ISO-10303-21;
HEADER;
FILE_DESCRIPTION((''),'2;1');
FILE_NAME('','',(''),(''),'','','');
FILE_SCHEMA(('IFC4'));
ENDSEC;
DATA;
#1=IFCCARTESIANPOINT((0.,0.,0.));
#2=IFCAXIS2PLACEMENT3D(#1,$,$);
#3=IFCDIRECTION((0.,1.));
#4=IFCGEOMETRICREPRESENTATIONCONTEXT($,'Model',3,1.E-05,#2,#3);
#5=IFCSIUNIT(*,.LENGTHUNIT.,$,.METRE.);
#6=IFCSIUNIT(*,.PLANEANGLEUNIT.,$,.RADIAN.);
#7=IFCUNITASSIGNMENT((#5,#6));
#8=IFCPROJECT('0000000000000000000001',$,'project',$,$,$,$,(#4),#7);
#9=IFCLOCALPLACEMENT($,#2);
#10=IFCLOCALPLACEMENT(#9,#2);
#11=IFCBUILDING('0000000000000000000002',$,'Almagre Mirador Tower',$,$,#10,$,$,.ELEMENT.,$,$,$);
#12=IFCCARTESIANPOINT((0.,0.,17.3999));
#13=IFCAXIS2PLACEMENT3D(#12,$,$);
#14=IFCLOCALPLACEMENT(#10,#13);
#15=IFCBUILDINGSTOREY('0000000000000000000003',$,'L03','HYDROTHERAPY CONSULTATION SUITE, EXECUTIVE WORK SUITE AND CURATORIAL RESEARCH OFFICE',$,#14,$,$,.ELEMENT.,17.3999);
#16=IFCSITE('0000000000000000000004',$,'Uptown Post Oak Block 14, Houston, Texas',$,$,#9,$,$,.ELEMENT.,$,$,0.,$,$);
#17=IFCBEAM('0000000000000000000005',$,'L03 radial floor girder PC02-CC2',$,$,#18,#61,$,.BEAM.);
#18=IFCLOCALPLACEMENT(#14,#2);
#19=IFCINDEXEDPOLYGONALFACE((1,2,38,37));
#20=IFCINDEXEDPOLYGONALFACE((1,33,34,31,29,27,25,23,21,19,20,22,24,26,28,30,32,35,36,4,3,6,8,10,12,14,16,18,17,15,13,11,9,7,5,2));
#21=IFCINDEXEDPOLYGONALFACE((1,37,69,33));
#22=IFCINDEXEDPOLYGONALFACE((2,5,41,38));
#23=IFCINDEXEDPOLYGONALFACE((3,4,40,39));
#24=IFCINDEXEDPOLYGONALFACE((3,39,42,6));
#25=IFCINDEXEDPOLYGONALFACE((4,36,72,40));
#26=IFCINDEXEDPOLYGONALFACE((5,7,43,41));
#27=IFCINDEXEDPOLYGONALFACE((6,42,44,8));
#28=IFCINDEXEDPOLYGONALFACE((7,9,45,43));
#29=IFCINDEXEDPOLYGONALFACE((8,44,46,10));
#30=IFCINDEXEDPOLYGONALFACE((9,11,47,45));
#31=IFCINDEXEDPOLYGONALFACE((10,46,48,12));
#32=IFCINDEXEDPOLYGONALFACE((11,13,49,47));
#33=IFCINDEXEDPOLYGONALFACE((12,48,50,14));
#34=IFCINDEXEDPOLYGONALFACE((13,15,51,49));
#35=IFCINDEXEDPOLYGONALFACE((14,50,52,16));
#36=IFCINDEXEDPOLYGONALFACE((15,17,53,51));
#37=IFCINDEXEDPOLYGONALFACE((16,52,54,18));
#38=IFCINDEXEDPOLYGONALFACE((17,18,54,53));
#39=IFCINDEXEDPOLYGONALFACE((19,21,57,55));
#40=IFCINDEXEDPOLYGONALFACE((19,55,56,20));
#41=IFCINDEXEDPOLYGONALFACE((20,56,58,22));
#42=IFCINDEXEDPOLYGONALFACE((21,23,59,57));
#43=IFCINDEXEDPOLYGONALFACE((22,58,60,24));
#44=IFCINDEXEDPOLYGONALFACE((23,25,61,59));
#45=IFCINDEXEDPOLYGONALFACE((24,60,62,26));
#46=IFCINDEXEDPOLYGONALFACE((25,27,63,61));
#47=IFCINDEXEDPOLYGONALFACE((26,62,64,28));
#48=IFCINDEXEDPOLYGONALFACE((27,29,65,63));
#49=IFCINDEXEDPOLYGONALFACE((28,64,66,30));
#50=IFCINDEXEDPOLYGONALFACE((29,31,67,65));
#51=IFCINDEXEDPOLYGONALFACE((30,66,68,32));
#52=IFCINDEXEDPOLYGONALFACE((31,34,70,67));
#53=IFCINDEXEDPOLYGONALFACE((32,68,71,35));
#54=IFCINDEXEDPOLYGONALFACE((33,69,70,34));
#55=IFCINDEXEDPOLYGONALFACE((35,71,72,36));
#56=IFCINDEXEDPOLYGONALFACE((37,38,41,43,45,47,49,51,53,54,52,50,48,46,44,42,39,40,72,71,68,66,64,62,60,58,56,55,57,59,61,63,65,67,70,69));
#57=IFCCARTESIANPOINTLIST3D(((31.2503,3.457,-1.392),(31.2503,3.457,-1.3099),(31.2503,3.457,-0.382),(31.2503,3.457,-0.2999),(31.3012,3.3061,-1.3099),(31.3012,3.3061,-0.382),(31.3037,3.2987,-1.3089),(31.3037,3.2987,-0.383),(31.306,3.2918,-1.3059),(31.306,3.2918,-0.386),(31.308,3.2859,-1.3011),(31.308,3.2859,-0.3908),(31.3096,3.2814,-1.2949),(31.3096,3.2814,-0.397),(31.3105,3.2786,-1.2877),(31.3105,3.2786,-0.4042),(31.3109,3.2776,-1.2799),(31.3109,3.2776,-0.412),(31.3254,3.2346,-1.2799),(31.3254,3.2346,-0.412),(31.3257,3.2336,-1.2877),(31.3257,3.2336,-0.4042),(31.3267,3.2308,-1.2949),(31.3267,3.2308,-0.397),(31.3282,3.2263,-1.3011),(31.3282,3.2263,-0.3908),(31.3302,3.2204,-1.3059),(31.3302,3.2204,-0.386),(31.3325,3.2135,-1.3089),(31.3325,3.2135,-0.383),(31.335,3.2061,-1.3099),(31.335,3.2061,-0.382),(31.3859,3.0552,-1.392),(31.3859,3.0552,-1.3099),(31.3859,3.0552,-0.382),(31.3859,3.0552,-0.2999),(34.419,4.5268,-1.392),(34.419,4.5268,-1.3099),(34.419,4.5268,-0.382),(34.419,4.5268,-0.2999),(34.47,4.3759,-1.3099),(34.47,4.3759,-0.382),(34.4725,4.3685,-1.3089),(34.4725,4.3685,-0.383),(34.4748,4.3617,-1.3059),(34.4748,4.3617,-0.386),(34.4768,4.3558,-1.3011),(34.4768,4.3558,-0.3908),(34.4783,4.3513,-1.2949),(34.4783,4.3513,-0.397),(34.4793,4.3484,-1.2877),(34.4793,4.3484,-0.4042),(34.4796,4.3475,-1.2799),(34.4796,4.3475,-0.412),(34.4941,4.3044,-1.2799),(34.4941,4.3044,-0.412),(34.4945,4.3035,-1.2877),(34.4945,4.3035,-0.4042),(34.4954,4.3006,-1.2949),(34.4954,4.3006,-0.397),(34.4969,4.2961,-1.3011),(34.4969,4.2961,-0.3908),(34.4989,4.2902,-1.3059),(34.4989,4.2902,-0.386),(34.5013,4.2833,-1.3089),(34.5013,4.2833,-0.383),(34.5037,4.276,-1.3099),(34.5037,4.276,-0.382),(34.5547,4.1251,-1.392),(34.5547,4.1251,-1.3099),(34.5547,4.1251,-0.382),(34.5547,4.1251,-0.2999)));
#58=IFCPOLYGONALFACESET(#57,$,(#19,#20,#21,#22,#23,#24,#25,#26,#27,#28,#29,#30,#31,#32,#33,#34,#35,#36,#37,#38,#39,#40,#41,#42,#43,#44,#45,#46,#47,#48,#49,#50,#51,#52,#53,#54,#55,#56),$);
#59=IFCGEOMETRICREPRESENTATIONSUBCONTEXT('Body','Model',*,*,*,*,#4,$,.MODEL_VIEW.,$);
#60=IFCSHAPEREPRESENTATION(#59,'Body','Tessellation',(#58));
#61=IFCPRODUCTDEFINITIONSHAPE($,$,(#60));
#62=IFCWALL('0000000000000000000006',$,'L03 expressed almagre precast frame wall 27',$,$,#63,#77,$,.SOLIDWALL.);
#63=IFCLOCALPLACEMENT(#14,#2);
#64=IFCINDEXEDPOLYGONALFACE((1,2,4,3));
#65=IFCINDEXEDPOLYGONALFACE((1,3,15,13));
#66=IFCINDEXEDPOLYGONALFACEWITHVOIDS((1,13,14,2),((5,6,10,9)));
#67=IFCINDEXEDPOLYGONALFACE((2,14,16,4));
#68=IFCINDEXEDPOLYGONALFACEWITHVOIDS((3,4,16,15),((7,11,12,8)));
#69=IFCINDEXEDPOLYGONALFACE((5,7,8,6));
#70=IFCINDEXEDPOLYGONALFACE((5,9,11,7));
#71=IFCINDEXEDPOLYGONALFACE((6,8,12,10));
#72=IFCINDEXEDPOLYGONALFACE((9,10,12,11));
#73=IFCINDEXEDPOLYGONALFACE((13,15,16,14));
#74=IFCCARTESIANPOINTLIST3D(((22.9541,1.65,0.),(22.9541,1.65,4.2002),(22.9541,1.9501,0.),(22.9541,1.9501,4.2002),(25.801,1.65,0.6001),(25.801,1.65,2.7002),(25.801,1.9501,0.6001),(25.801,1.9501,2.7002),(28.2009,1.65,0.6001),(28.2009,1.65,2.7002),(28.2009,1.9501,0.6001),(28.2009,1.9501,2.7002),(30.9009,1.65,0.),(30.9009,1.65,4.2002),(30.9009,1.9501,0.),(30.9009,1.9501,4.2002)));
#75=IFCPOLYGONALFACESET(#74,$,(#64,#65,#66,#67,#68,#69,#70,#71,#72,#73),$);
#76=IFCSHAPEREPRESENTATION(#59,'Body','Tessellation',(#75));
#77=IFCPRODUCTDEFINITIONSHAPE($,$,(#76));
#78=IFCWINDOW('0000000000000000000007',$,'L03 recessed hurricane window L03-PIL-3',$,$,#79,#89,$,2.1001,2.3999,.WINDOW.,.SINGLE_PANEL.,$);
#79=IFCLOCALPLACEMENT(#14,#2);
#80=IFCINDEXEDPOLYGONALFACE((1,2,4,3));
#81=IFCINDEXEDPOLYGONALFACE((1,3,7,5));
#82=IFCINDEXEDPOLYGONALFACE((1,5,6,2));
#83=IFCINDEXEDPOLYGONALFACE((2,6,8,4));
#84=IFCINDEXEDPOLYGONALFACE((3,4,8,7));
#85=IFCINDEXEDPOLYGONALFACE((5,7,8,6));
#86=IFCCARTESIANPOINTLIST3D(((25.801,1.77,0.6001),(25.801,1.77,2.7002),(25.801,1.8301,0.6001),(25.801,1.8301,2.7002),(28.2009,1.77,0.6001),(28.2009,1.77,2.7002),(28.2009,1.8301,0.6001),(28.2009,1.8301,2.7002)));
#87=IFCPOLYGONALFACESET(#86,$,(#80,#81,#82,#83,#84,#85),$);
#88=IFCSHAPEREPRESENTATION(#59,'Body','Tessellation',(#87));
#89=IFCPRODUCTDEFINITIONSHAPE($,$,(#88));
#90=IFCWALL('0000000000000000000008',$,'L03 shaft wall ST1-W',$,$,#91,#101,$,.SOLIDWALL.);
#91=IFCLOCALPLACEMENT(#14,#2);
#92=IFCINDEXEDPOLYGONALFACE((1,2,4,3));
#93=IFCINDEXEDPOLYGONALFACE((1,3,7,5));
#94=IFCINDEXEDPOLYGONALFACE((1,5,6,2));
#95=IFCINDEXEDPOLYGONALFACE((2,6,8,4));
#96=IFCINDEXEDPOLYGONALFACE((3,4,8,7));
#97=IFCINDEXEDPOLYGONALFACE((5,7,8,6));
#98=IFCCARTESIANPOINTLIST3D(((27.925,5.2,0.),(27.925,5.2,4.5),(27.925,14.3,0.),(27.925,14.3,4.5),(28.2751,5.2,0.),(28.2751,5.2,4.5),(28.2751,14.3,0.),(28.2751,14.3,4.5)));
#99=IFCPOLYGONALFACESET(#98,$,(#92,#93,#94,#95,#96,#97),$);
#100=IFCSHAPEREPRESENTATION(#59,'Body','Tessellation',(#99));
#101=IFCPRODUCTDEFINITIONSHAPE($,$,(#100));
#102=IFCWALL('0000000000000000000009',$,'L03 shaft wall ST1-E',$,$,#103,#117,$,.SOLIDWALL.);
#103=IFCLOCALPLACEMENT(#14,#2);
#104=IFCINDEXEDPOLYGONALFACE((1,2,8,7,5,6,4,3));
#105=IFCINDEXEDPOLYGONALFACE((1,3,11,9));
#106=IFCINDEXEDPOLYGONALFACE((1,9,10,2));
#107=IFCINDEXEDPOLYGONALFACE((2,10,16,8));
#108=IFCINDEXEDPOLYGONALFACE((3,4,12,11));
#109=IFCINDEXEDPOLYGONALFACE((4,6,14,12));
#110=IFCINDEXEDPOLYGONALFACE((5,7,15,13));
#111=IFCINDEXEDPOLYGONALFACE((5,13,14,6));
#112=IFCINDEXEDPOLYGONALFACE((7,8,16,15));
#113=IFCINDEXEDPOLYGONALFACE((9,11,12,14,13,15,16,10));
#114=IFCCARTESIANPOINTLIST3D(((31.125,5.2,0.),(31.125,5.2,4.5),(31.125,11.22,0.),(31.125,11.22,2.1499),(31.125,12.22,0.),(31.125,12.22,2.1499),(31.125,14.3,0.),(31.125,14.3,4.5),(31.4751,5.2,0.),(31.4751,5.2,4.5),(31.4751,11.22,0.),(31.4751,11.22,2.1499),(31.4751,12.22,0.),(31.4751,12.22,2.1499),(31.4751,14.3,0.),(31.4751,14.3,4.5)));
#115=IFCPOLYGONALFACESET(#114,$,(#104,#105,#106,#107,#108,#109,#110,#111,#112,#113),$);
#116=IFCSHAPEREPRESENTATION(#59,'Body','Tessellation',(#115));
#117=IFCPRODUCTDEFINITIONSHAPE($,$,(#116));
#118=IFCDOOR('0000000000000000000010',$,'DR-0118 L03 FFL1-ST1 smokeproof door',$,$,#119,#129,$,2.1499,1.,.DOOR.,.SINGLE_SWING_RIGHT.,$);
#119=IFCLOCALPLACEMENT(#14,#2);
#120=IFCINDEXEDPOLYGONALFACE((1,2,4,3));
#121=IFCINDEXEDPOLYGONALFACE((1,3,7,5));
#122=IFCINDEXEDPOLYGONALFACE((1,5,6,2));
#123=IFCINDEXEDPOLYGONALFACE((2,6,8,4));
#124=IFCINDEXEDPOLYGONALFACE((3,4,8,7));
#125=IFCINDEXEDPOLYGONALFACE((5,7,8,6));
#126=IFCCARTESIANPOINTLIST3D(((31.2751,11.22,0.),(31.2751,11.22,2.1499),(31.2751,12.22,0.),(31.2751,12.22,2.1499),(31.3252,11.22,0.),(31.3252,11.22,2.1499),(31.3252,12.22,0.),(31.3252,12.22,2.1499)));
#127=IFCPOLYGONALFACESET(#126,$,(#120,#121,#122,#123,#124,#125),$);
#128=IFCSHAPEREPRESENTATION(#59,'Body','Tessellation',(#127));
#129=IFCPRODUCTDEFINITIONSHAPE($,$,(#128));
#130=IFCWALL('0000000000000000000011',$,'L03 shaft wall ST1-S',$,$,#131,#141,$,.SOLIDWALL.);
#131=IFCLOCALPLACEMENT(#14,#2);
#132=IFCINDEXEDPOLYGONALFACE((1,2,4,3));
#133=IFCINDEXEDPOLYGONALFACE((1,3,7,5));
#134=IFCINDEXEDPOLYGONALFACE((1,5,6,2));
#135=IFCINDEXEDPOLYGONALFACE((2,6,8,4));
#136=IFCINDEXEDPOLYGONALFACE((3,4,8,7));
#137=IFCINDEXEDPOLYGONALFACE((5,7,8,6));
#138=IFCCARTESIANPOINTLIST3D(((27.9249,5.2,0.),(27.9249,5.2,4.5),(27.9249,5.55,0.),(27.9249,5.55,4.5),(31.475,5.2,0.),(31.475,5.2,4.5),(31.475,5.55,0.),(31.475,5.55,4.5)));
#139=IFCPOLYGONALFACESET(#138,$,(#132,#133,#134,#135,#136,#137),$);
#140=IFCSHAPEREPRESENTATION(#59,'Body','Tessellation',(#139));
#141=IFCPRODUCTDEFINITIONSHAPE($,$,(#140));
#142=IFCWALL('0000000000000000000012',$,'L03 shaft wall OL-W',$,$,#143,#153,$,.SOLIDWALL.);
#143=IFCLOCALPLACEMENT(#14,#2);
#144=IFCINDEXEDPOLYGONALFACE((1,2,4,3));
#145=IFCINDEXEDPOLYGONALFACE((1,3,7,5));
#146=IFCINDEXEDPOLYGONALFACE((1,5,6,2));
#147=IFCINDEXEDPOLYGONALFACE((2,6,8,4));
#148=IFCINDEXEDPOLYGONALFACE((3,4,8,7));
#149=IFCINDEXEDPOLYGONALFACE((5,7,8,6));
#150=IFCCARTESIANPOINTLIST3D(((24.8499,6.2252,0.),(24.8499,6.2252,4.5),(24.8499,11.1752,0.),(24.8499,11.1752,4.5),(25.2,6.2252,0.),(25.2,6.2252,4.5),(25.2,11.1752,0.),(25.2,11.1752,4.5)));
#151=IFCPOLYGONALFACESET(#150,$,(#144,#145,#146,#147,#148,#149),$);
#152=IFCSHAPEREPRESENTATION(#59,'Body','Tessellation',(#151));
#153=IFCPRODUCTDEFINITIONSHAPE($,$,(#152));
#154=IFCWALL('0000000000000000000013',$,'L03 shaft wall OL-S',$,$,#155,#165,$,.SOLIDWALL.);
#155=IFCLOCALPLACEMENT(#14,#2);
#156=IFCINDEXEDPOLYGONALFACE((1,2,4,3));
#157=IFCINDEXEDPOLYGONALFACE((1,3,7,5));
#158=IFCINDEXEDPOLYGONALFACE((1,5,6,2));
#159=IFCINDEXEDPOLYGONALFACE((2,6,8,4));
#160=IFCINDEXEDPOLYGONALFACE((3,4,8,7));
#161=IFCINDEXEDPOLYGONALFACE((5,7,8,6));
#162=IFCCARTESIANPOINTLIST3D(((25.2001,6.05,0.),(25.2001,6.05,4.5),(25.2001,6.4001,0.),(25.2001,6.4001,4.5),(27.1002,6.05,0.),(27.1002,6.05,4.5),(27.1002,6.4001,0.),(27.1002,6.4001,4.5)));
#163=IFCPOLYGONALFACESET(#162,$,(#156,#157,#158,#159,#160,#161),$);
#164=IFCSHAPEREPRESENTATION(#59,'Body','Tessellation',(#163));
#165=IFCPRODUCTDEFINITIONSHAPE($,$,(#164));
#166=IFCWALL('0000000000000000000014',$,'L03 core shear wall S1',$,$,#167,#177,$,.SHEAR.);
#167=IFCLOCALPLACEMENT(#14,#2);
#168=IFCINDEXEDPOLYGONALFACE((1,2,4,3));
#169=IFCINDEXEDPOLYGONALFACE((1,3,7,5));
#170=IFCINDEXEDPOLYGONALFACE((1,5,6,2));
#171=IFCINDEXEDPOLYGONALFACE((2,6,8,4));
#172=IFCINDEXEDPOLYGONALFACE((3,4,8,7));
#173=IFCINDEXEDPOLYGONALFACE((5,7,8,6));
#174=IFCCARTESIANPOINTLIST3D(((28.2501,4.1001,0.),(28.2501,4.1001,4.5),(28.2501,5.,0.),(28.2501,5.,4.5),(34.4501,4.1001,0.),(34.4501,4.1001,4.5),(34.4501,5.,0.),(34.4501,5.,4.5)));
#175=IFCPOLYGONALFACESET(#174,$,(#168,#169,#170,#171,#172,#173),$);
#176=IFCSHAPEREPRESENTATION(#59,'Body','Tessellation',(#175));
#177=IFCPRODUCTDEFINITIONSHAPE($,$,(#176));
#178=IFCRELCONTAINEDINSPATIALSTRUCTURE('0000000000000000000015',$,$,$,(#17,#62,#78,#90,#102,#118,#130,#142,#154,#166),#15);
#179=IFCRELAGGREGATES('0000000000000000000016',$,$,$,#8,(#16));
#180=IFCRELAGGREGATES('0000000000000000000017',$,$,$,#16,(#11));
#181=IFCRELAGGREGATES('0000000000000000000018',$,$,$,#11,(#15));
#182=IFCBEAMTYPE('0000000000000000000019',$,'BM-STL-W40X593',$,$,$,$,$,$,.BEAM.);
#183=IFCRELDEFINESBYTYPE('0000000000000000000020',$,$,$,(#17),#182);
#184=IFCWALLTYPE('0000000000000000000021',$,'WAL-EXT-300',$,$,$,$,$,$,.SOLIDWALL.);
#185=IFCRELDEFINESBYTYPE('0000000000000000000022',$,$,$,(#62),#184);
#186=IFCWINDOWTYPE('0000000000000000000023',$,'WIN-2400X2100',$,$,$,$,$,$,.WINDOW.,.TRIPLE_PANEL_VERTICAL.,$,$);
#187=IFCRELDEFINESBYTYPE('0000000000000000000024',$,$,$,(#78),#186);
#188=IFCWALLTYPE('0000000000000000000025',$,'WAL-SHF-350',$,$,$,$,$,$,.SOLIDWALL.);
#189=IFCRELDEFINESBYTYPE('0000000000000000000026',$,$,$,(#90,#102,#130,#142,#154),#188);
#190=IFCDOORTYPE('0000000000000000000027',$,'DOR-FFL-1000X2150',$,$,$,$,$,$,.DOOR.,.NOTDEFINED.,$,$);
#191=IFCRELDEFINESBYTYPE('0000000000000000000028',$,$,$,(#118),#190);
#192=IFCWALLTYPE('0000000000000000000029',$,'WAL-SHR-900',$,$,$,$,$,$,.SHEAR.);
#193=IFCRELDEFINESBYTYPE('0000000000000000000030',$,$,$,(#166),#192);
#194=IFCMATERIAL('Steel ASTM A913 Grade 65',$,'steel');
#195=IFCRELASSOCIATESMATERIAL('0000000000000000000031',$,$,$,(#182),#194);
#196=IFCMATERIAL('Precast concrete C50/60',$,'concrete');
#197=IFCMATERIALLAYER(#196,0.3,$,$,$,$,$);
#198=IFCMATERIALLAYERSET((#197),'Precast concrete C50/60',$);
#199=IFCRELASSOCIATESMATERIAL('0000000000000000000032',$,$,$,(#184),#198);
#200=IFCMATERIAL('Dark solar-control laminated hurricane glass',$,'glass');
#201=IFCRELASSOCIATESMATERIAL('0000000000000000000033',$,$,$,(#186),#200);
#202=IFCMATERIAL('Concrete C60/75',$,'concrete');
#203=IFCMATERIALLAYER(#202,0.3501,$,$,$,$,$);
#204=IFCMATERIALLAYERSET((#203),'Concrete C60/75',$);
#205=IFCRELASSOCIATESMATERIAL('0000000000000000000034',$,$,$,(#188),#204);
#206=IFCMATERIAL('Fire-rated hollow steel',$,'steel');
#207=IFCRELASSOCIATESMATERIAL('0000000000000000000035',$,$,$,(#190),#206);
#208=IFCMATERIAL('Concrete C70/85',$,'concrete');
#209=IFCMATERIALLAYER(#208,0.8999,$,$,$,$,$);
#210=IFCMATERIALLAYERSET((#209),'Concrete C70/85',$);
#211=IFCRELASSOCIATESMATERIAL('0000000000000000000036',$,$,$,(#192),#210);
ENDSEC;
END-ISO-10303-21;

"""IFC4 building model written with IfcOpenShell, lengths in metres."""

from ifc_helpers import new_model, si_unit, direction, frame, frame_2d, origin, origin_2d, place, context, subcontext, project, spatial, rectangle, i_section, extrude, material, layer, layer_set, material_profile, profile_set, type_object, element, fill, save


model = new_model("IFC4")

# Units and contexts
model_context = context("Model", 3, precision=1e-05, world=origin(), true_north=direction((0.0, 1.0)))
body_context = subcontext(model_context, "Body", "Model", "MODEL_VIEW")
ifc_project = project(units=[si_unit("LENGTHUNIT", "METRE"), si_unit("PLANEANGLEUNIT", "RADIAN")], contexts=[model_context])

# Site, building, storey
site_placement = place(None, origin())
site = spatial("IfcSite", under=ifc_project, at=site_placement, Name="Uptown Post Oak Block 14, Houston, Texas", CompositionType="ELEMENT", RefElevation=0.0)
building_placement = place(site_placement, origin())
building = spatial("IfcBuilding", under=site, at=building_placement, Name="Almagre Mirador Tower", CompositionType="ELEMENT")
storey_placement = place(building_placement, frame((0.0, 0.0, 17.3999)))
storey = spatial("IfcBuildingStorey", under=building, at=storey_placement, Name="L03", Description="HYDROTHERAPY CONSULTATION SUITE, EXECUTIVE WORK SUITE AND CURATORIAL RESEARCH OFFICE", CompositionType="ELEMENT", Elevation=17.3999)

# Beam
ifc_material_1 = material(Name="Steel ASTM A913 Grade 65", Category="steel")
ifc_material_profile_1 = material_profile(ifc_material_1, i_section(OverallWidth=0.4241, OverallDepth=1.092, WebThickness=0.0454, FlangeThickness=0.082, FilletRadius=0.03, at=origin_2d()), Name="W40X593")
ifc_profile_set_1 = profile_set([ifc_material_profile_1], Name="Steel ASTM A913 Grade 65")
beam_type_1 = type_object("IfcBeamType", Name="BM-STL-W40X593", PredefinedType="BEAM", material=ifc_profile_set_1)
beam_1_placement = place(storey_placement, frame((31.3181, 3.2561, -0.8459), z_axis=(0.947457, 0.319883, 0.0), x_axis=(-0.319883, 0.947457, 0.0)))
element("IfcBeam", 1, at=beam_1_placement, inside=storey, type_object=beam_type_1, Name="L03 radial floor girder PC02-CC2", PredefinedType="BEAM", context=body_context, shape_type="SweptSolid", body=[
    extrude(i_section(OverallWidth=0.4241, OverallDepth=1.092, WebThickness=0.0454, FlangeThickness=0.082, FilletRadius=0.03, at=origin_2d()), origin(), (0.0, 0.0, 1.0), 3.3445),
])

# Wall, opening, window
ifc_material_2 = material(Name="Precast concrete C50/60", Category="concrete")
ifc_layer_1 = layer(ifc_material_2, 0.3)
ifc_layer_set_1 = layer_set([ifc_layer_1], Name="Precast concrete C50/60")
wall_type_1 = type_object("IfcWallType", Name="WAL-EXT-300", PredefinedType="SOLIDWALL", material=ifc_layer_set_1)
wall_1_placement = place(storey_placement, frame((30.9009, 1.8, 0.0), z_axis=(0.0, 0.0, 1.0), x_axis=(-1.0, 0.0, 0.0)))
wall_1 = element("IfcWall", 2, at=wall_1_placement, inside=storey, type_object=wall_type_1, Name="L03 expressed almagre precast frame wall 27", PredefinedType="SOLIDWALL", context=body_context, shape_type="SweptSolid", body=[
    extrude(rectangle(XDim=7.9468, YDim=0.3, at=frame_2d((3.9734, 0.0))), origin(), (0.0, 0.0, 1.0), 4.2002),
])
opening_1_placement = place(wall_1_placement, frame((2.7, 0.0, 0.6001)))
opening_1 = element("IfcOpeningElement", 3, at=opening_1_placement, cuts=wall_1, PredefinedType="OPENING", context=body_context, shape_type="SweptSolid", body=[
    extrude(rectangle(XDim=2.3999, YDim=2.1001, at=frame_2d((1.2, 1.05))), frame((0.0, 0.1599, 0.0), z_axis=(0.0, -1.0, 0.0), x_axis=(1.0, 0.0, 0.0)), (0.0, 0.0, 1.0), 0.32),
])
ifc_material_3 = material(Name="Dark solar-control laminated hurricane glass", Category="glass")
window_type = type_object("IfcWindowType", Name="WIN-2400X2100", PartitioningType="TRIPLE_PANEL_VERTICAL", PredefinedType="WINDOW", material=ifc_material_3)
window_placement = place(opening_1_placement, origin())
window = element("IfcWindow", 4, at=window_placement, inside=storey, type_object=window_type, Name="L03 recessed hurricane window L03-PIL-3", OverallHeight=2.1001, OverallWidth=2.3999, PartitioningType="SINGLE_PANEL", PredefinedType="WINDOW", context=body_context, shape_type="SweptSolid", body=[
    extrude(rectangle(XDim=2.3999, YDim=2.1001, at=frame_2d((1.2, 1.05))), frame((0.0, 0.03, 0.0), z_axis=(0.0, -1.0, 0.0), x_axis=(1.0, 0.0, 0.0)), (0.0, 0.0, 1.0), 0.0601),
])
fill(opening_1, window)

# Wall
ifc_material_4 = material(Name="Concrete C60/75", Category="concrete")
ifc_layer_2 = layer(ifc_material_4, 0.3501)
ifc_layer_set_2 = layer_set([ifc_layer_2], Name="Concrete C60/75")
wall_type_2 = type_object("IfcWallType", Name="WAL-SHF-350", PredefinedType="SOLIDWALL", material=ifc_layer_set_2)
wall_2_placement = place(storey_placement, frame((28.1001, 5.2, 0.0), z_axis=(0.0, 0.0, 1.0), x_axis=(0.0, 1.0, 0.0)))
element("IfcWall", 5, at=wall_2_placement, inside=storey, type_object=wall_type_2, Name="L03 shaft wall ST1-W", PredefinedType="SOLIDWALL", context=body_context, shape_type="SweptSolid", body=[
    extrude(rectangle(XDim=9.1001, YDim=0.3501, at=frame_2d((4.55, 0.0))), origin(), (0.0, 0.0, 1.0), 4.5),
])

# Wall, opening, door
wall_3_placement = place(storey_placement, frame((31.3, 5.2, 0.0), z_axis=(0.0, 0.0, 1.0), x_axis=(0.0, 1.0, 0.0)))
wall_3 = element("IfcWall", 6, at=wall_3_placement, inside=storey, type_object=wall_type_2, Name="L03 shaft wall ST1-E", PredefinedType="SOLIDWALL", context=body_context, shape_type="SweptSolid", body=[
    extrude(rectangle(XDim=9.1001, YDim=0.3501, at=frame_2d((4.55, 0.0))), origin(), (0.0, 0.0, 1.0), 4.5),
])
opening_2_placement = place(wall_3_placement, frame((6.02, 0.0, 0.0)))
opening_2 = element("IfcOpeningElement", 7, at=opening_2_placement, cuts=wall_3, PredefinedType="OPENING", context=body_context, shape_type="SweptSolid", body=[
    extrude(rectangle(XDim=1.0, YDim=2.1499, at=frame_2d((0.5, 1.075))), frame((0.0, 0.185, 0.0), z_axis=(0.0, -1.0, 0.0), x_axis=(1.0, 0.0, 0.0)), (0.0, 0.0, 1.0), 0.3701),
])
ifc_material_5 = material(Name="Fire-rated hollow steel", Category="steel")
door_type = type_object("IfcDoorType", Name="DOR-FFL-1000X2150", OperationType="NOTDEFINED", PredefinedType="DOOR", material=ifc_material_5)
door_placement = place(opening_2_placement, origin())
door = element("IfcDoor", 8, at=door_placement, inside=storey, type_object=door_type, Name="DR-0118 L03 FFL1-ST1 smokeproof door", OperationType="SINGLE_SWING_RIGHT", OverallHeight=2.1499, OverallWidth=1.0, PredefinedType="DOOR", context=body_context, shape_type="SweptSolid", body=[
    extrude(rectangle(XDim=1.0, YDim=2.1499, at=frame_2d((0.5, 1.075))), frame((0.0, 0.0249, 0.0), z_axis=(0.0, -1.0, 0.0), x_axis=(1.0, 0.0, 0.0)), (0.0, 0.0, 1.0), 0.05),
])
fill(opening_2, door)

# Walls
wall_4_placement = place(storey_placement, frame((27.925, 5.375, 0.0), z_axis=(0.0, 0.0, 1.0), x_axis=(1.0, 0.0, 0.0)))
element("IfcWall", 9, at=wall_4_placement, inside=storey, type_object=wall_type_2, Name="L03 shaft wall ST1-S", PredefinedType="SOLIDWALL", context=body_context, shape_type="SweptSolid", body=[
    extrude(rectangle(XDim=3.55, YDim=0.3501, at=frame_2d((1.7749, 0.0))), origin(), (0.0, 0.0, 1.0), 4.5),
])
wall_5_placement = place(storey_placement, frame((25.0249, 6.2251, 0.0), z_axis=(0.0, 0.0, 1.0), x_axis=(0.0, 1.0, 0.0)))
element("IfcWall", 10, at=wall_5_placement, inside=storey, type_object=wall_type_2, Name="L03 shaft wall OL-W", PredefinedType="SOLIDWALL", context=body_context, shape_type="SweptSolid", body=[
    extrude(rectangle(XDim=4.95, YDim=0.3501, at=frame_2d((2.4751, 0.0))), origin(), (0.0, 0.0, 1.0), 4.5),
])
wall_6_placement = place(storey_placement, frame((25.2, 6.2251, 0.0), z_axis=(0.0, 0.0, 1.0), x_axis=(1.0, 0.0, 0.0)))
element("IfcWall", 11, at=wall_6_placement, inside=storey, type_object=wall_type_2, Name="L03 shaft wall OL-S", PredefinedType="SOLIDWALL", context=body_context, shape_type="SweptSolid", body=[
    extrude(rectangle(XDim=1.9001, YDim=0.3501, at=frame_2d((0.9502, 0.0))), origin(), (0.0, 0.0, 1.0), 4.5),
])
ifc_material_6 = material(Name="Concrete C70/85", Category="concrete")
ifc_layer_3 = layer(ifc_material_6, 0.8999)
ifc_layer_set_3 = layer_set([ifc_layer_3], Name="Concrete C70/85")
wall_type_3 = type_object("IfcWallType", Name="WAL-SHR-900", PredefinedType="SHEAR", material=ifc_layer_set_3)
wall_7_placement = place(storey_placement, frame((28.25, 4.55, 0.0), z_axis=(0.0, 0.0, 1.0), x_axis=(1.0, 0.0, 0.0)))
element("IfcWall", 12, at=wall_7_placement, inside=storey, type_object=wall_type_3, Name="L03 core shear wall S1", PredefinedType="SHEAR", context=body_context, shape_type="SweptSolid", body=[
    extrude(rectangle(XDim=6.2, YDim=0.8999, at=frame_2d((3.1001, 0.0))), origin(), (0.0, 0.0, 1.0), 4.5),
])

save(model, "model.ifc")
